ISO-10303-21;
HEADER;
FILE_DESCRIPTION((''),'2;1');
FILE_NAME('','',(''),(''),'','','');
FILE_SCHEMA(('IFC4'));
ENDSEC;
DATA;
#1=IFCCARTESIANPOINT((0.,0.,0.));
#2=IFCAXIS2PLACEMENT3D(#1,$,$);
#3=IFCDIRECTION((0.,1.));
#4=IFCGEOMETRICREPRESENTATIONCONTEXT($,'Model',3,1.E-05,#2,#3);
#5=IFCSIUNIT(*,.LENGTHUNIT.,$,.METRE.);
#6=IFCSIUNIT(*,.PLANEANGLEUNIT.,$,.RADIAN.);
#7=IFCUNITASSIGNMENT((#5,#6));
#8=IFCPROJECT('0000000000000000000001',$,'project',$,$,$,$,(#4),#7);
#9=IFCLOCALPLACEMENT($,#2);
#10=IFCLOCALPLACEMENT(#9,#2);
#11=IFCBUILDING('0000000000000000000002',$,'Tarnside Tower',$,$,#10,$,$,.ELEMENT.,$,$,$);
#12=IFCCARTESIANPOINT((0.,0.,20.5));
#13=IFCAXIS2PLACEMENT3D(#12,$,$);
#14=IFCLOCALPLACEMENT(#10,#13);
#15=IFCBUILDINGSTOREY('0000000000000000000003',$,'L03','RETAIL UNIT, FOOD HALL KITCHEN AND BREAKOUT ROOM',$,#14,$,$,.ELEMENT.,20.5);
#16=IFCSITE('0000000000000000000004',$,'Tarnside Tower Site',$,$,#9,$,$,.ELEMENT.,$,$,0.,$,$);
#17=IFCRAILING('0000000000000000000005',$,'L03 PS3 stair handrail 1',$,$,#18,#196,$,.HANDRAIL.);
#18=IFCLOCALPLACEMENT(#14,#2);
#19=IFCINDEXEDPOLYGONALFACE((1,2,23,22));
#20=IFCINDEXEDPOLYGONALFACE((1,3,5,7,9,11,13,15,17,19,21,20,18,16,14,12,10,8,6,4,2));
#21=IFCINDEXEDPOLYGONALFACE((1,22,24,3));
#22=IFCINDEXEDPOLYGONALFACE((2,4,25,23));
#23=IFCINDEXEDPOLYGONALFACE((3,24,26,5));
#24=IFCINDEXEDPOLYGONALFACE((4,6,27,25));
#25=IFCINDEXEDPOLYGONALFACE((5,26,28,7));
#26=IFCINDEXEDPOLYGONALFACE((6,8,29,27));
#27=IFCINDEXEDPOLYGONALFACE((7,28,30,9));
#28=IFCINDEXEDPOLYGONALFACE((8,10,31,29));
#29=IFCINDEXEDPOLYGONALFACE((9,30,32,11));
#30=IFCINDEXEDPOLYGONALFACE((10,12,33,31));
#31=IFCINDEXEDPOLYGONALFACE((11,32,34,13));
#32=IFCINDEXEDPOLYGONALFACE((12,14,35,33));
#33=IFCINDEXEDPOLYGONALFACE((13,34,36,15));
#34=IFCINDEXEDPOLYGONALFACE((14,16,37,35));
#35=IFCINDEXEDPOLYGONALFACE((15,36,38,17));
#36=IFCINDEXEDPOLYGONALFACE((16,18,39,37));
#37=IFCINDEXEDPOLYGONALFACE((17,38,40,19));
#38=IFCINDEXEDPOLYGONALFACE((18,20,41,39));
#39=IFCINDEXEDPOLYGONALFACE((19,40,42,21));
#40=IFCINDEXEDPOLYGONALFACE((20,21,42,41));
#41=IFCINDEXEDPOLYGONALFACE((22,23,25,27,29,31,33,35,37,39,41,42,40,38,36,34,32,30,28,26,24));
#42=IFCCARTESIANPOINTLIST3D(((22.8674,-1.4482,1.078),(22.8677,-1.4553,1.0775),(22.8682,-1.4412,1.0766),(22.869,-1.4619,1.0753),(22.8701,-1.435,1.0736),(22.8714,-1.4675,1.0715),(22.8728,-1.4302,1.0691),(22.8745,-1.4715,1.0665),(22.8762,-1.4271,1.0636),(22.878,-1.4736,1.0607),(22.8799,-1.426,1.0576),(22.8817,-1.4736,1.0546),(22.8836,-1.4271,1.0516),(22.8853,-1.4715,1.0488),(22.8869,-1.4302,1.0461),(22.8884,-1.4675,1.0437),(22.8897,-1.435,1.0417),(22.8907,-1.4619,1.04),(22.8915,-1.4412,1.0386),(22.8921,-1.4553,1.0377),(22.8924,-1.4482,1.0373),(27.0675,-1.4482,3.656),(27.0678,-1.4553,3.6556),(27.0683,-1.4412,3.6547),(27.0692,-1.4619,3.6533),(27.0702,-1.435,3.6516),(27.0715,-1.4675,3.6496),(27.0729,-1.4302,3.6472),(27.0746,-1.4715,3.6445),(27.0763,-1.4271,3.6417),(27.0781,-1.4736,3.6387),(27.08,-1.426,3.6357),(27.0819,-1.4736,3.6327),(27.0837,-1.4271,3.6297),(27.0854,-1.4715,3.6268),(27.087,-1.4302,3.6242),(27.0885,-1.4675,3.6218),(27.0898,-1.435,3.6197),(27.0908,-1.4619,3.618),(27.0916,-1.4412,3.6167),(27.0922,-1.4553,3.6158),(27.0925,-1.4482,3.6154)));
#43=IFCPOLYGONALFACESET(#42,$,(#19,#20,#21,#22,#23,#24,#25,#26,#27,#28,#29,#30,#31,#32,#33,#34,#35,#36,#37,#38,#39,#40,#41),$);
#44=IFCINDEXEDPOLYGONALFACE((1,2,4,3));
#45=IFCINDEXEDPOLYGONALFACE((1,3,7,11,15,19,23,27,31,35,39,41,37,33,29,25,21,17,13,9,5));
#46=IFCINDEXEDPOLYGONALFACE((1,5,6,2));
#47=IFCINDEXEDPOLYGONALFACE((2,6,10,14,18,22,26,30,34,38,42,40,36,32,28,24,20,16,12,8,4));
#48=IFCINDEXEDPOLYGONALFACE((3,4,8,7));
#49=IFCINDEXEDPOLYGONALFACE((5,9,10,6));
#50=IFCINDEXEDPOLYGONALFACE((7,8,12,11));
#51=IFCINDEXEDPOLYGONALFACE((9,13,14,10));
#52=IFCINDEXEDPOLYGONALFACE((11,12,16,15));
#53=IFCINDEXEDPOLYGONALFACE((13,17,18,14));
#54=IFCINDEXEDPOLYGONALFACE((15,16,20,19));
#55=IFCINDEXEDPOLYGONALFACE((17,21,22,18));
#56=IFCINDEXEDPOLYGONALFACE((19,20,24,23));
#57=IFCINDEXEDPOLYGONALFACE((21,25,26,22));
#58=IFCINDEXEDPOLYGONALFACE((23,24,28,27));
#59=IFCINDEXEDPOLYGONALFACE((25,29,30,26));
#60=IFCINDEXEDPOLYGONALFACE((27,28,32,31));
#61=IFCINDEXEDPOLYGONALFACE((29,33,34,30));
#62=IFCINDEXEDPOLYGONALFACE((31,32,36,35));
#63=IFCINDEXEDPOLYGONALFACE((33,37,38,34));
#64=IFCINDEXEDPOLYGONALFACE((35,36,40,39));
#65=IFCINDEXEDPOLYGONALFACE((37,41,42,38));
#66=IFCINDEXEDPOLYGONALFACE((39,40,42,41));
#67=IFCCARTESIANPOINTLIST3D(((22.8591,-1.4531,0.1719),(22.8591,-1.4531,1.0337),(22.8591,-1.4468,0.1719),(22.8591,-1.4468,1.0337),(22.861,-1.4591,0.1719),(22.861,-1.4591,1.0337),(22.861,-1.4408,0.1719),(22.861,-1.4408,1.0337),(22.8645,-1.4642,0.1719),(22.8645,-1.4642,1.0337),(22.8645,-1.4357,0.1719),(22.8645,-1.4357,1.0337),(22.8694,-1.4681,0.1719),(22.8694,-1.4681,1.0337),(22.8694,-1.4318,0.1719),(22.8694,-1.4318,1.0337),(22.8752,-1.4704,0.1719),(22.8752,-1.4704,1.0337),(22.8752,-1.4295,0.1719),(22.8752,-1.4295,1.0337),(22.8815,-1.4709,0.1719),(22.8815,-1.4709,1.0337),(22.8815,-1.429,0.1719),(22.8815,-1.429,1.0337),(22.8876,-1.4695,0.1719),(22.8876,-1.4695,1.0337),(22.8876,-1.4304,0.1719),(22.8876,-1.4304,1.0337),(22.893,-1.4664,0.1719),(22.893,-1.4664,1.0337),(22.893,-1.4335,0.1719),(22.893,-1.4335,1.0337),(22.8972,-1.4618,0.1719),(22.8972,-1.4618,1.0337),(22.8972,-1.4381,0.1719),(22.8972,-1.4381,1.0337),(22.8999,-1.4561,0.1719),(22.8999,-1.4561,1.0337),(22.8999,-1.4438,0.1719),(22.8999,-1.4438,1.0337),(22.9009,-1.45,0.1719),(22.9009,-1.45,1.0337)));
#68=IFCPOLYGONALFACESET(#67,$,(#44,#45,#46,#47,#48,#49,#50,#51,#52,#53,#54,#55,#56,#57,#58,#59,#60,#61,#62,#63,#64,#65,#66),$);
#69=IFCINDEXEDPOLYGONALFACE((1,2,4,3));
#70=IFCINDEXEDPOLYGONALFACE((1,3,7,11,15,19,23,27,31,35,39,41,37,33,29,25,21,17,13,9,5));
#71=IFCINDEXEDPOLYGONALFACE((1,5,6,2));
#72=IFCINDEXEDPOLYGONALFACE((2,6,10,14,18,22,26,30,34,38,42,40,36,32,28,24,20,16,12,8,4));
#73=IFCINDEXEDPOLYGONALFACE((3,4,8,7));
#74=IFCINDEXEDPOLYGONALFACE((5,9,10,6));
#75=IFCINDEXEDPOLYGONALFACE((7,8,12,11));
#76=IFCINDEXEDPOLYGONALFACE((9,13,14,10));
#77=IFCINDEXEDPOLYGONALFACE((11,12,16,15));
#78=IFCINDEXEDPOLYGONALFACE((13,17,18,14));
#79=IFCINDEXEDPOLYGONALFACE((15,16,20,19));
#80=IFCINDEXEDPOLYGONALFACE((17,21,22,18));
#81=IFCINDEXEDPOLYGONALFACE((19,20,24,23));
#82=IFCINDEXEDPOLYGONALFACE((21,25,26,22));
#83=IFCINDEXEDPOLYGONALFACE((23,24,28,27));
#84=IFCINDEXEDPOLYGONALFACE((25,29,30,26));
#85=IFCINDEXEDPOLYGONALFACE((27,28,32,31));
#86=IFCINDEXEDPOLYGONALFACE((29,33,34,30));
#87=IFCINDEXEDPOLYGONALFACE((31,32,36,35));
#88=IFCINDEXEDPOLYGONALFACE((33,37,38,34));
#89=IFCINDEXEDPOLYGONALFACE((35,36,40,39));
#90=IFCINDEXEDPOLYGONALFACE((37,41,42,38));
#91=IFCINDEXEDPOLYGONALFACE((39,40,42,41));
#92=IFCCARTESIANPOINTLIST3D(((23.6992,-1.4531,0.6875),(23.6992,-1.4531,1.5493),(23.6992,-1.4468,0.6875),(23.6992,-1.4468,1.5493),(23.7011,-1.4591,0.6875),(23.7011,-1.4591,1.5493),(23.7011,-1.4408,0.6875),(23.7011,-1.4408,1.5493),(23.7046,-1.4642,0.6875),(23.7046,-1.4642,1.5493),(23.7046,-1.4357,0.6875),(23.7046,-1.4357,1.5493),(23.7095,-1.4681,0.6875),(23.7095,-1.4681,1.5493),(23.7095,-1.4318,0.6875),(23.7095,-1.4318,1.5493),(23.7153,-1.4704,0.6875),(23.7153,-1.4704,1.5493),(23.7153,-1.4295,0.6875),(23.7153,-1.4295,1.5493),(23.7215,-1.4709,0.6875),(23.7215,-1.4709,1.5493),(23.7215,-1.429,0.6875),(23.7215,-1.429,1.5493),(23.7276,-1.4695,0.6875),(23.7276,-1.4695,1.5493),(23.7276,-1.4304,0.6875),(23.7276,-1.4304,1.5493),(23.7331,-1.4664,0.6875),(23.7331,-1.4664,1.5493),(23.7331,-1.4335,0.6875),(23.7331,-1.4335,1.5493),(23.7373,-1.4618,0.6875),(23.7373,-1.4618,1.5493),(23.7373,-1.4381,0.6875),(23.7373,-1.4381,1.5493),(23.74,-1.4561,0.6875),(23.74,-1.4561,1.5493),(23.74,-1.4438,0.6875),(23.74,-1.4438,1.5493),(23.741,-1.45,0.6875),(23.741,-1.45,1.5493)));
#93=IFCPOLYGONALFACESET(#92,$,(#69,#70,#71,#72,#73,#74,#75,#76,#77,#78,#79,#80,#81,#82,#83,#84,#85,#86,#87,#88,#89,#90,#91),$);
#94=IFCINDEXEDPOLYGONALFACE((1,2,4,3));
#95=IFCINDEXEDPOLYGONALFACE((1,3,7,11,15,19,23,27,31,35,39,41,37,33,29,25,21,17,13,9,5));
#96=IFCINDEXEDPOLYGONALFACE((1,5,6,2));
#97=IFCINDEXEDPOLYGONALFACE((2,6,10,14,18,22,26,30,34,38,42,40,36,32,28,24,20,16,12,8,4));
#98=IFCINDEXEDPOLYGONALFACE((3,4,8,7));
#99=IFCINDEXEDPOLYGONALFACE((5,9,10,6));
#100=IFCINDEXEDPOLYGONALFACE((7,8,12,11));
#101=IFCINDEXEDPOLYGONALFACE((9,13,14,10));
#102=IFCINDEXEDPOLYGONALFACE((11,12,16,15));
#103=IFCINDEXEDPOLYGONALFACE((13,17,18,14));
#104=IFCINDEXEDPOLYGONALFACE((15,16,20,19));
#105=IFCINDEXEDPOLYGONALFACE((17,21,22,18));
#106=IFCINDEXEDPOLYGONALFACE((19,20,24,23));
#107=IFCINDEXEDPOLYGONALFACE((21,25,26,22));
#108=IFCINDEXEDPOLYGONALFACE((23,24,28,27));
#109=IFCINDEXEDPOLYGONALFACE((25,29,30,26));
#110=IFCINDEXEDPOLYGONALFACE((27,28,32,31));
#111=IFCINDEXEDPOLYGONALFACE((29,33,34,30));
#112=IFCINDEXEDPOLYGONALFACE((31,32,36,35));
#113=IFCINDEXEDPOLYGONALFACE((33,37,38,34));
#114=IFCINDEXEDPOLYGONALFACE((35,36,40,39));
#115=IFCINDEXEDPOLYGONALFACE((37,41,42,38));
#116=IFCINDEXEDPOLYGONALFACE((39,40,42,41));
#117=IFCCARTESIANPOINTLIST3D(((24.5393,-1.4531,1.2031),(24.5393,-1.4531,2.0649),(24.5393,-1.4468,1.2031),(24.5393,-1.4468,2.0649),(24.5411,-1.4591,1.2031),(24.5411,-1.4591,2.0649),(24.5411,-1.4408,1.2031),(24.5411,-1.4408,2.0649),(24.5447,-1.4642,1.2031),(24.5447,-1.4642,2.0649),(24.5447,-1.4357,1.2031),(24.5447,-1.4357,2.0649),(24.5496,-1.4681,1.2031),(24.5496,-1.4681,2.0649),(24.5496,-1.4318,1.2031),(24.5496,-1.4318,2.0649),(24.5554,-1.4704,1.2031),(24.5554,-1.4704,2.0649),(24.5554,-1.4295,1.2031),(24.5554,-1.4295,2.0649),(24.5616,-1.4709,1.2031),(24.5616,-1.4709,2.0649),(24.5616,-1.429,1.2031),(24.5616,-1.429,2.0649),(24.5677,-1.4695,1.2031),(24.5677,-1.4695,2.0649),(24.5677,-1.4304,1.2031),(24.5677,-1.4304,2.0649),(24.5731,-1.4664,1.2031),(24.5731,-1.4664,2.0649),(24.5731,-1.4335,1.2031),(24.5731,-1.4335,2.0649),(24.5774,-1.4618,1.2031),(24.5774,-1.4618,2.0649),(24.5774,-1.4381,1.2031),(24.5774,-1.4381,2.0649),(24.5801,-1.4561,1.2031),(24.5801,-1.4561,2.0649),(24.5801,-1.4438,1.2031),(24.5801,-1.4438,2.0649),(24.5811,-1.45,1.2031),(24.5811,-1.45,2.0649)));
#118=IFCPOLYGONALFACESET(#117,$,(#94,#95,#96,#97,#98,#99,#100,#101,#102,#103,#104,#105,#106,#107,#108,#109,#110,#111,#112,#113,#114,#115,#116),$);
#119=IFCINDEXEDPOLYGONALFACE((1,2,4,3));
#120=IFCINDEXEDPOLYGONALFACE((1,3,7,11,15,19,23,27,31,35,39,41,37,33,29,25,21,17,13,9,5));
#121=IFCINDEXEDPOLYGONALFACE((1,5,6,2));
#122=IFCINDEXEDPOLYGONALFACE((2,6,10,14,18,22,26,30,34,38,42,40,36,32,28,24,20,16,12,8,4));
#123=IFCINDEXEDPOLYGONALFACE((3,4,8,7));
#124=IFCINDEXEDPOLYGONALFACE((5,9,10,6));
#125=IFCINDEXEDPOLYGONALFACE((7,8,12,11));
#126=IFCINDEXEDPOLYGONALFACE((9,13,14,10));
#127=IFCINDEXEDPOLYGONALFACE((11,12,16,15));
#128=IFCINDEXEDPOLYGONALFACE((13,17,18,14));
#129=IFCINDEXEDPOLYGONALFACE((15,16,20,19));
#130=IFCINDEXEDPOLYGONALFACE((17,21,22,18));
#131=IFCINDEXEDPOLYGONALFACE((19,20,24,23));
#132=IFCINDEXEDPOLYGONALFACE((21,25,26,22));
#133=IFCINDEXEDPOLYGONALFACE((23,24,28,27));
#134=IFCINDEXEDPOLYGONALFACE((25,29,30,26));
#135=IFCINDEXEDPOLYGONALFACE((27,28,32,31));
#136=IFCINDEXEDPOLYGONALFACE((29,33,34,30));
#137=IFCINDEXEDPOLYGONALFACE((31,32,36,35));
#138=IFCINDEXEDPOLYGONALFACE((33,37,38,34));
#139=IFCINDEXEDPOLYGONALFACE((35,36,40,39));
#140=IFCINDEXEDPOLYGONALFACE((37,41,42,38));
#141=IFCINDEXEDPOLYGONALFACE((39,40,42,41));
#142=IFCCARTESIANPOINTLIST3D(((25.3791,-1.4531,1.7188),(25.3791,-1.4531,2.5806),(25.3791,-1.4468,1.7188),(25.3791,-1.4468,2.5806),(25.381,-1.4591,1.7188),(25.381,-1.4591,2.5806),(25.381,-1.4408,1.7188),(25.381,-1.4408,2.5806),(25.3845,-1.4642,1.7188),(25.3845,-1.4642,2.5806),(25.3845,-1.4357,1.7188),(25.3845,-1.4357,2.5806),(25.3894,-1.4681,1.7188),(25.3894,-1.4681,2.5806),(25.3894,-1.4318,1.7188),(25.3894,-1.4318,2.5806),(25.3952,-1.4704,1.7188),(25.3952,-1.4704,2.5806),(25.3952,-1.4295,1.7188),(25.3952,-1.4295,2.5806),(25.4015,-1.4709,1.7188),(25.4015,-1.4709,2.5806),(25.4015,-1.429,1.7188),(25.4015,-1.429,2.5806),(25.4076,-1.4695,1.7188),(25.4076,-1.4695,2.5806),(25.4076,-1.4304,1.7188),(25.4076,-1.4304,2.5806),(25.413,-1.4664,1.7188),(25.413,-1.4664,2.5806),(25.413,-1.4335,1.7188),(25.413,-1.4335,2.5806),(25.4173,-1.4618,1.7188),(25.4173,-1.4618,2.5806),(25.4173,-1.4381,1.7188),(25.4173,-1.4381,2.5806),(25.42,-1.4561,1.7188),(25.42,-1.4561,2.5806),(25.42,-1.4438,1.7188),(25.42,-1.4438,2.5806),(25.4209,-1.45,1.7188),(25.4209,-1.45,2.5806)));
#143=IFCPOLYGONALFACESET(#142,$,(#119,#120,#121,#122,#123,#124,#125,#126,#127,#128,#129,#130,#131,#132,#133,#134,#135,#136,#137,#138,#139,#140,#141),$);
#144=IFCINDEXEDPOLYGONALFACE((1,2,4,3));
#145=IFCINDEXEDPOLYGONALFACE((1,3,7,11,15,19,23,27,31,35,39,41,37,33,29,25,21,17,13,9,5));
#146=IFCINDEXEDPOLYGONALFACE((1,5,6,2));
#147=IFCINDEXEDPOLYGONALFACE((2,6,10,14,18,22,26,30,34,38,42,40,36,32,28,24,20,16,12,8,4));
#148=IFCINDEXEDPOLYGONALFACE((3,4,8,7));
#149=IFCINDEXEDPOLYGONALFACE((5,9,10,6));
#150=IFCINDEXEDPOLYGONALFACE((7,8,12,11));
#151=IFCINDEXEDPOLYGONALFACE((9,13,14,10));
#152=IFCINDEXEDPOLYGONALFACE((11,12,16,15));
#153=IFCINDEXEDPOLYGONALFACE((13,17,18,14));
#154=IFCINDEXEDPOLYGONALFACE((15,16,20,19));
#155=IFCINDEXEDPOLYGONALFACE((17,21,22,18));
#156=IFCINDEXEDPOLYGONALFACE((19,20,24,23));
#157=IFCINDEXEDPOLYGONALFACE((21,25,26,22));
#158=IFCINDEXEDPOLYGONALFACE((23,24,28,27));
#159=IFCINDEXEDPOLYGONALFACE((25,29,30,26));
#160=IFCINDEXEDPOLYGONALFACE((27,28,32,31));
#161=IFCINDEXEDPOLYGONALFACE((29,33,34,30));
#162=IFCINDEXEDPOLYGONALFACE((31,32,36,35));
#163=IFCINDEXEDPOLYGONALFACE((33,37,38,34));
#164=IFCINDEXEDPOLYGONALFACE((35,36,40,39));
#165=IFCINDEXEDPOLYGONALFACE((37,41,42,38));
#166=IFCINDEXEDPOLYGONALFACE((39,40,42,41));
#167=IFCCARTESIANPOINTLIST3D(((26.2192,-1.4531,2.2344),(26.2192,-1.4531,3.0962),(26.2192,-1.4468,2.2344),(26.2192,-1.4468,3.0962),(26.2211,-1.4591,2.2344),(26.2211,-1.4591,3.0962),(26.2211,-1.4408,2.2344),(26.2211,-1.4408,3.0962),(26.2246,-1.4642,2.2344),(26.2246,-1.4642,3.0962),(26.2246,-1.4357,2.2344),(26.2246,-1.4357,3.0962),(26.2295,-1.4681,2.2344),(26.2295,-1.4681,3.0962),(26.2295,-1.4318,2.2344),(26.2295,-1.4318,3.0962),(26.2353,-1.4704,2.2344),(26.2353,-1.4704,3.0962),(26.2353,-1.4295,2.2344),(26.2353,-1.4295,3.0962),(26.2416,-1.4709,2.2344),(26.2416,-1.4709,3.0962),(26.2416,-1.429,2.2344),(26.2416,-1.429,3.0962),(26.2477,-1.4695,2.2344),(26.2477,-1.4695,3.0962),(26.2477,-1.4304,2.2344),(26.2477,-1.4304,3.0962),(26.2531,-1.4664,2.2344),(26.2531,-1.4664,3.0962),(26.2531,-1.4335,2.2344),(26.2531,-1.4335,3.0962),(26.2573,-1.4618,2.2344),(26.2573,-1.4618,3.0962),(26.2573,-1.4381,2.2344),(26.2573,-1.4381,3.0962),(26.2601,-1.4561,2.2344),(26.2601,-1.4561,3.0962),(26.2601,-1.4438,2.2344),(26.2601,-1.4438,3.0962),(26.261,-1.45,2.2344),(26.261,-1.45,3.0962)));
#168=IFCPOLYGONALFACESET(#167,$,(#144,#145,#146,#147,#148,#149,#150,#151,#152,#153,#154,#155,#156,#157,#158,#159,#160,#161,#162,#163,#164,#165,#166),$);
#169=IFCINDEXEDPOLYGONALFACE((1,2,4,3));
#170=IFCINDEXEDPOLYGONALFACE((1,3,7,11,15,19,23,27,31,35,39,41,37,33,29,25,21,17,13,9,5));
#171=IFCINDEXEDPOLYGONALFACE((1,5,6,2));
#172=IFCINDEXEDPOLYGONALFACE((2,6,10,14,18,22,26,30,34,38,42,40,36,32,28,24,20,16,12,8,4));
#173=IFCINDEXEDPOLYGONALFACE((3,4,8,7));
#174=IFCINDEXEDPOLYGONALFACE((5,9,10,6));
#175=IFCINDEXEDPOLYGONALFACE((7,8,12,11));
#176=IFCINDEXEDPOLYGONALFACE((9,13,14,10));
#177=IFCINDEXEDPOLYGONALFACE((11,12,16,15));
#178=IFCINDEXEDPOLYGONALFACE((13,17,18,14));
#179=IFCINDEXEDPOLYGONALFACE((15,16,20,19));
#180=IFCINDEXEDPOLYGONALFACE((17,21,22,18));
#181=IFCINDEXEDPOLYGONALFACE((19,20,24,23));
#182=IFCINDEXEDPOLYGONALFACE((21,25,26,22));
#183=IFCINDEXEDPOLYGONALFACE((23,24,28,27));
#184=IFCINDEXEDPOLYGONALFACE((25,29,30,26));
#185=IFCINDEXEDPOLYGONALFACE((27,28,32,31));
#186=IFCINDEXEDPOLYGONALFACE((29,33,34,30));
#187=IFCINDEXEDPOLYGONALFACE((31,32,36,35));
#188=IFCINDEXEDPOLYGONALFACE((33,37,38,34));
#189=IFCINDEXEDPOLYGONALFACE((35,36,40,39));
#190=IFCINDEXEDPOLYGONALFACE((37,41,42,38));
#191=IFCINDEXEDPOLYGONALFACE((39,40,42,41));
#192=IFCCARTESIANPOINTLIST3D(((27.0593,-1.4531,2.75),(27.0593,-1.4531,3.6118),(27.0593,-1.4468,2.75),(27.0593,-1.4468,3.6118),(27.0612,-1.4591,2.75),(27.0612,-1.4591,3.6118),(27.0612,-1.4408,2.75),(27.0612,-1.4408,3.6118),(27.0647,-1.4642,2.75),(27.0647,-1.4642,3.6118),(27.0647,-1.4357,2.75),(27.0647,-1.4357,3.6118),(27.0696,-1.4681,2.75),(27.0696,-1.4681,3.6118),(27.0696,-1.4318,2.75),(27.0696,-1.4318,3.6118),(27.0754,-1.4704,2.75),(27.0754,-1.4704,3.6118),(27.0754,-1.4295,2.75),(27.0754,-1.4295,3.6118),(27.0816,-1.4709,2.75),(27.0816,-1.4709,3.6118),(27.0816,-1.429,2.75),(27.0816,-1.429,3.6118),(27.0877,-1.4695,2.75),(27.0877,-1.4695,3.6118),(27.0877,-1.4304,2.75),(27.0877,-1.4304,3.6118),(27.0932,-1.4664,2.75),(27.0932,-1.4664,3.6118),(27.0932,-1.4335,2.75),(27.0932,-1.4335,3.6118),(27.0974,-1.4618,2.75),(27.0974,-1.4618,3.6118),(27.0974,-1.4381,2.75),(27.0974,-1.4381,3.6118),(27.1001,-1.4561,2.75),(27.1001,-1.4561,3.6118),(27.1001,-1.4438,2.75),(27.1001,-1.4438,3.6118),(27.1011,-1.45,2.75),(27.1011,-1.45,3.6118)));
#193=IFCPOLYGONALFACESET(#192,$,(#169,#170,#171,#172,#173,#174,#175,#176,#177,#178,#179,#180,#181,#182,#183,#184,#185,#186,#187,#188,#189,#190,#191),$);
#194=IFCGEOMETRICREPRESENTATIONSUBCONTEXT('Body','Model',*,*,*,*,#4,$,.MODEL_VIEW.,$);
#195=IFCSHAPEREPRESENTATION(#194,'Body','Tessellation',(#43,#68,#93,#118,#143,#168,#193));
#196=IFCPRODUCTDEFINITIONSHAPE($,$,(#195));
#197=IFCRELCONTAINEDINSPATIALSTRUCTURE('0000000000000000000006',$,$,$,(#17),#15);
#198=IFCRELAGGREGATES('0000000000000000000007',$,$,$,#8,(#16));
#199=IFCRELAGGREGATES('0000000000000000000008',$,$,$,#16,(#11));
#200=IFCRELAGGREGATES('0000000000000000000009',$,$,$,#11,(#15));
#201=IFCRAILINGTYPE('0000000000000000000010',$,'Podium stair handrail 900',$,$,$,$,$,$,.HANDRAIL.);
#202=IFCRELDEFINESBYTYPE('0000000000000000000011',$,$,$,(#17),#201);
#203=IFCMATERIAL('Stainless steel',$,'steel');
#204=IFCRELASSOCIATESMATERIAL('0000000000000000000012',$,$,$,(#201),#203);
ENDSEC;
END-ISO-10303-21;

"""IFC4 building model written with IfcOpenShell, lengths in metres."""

from ifc_helpers import new_model, si_unit, direction, frame, origin, origin_2d, place, context, subcontext, project, spatial, circle, extrude, material, type_object, element, save


model = new_model("IFC4")

# Units and contexts
model_context = context("Model", 3, precision=1e-05, world=origin(), true_north=direction((0.0, 1.0)))
body_context = subcontext(model_context, "Body", "Model", "MODEL_VIEW")
ifc_project = project(units=[si_unit("LENGTHUNIT", "METRE"), si_unit("PLANEANGLEUNIT", "RADIAN")], contexts=[model_context])

# Site, building, storey
site_placement = place(None, origin())
site = spatial("IfcSite", under=ifc_project, at=site_placement, Name="Tarnside Tower Site", CompositionType="ELEMENT", RefElevation=0.0)
building_placement = place(site_placement, origin())
building = spatial("IfcBuilding", under=site, at=building_placement, Name="Tarnside Tower", CompositionType="ELEMENT")
storey_placement = place(building_placement, frame((0.0, 0.0, 20.5)))
storey = spatial("IfcBuildingStorey", under=building, at=storey_placement, Name="L03", Description="RETAIL UNIT, FOOD HALL KITCHEN AND BREAKOUT ROOM", CompositionType="ELEMENT", Elevation=20.5)

# Railing
ifc_material_1 = material(Name="Stainless steel", Category="steel")
railing_type_1 = type_object("IfcRailingType", Name="Podium stair handrail 900", PredefinedType="HANDRAIL", material=ifc_material_1)
railing_1_placement = place(storey_placement, frame((22.8799, -1.45, 0.1719)))
element("IfcRailing", 1, at=railing_1_placement, inside=storey, type_object=railing_type_1, Name="L03 PS3 stair handrail 1", PredefinedType="HANDRAIL", context=body_context, shape_type="SweptSolid", body=[
    extrude(circle(Radius=0.0239, at=origin_2d()), frame((0.0, 0.0, 0.8857), z_axis=(0.852256, 0.0, 0.523124), x_axis=(0.0, 1.0, 0.0)), (0.0, 0.0, 1.0), 4.9282),
    extrude(circle(Radius=0.021, at=origin_2d()), origin(), (0.0, 0.0, 1.0), 0.8618),
    extrude(circle(Radius=0.021, at=origin_2d()), frame((0.8401, 0.0, 0.5156)), (0.0, 0.0, 1.0), 0.8618),
    extrude(circle(Radius=0.021, at=origin_2d()), frame((1.6802, 0.0, 1.0312)), (0.0, 0.0, 1.0), 0.8618),
    extrude(circle(Radius=0.021, at=origin_2d()), frame((2.52, 0.0, 1.5469)), (0.0, 0.0, 1.0), 0.8618),
    extrude(circle(Radius=0.021, at=origin_2d()), frame((3.3601, 0.0, 2.0625)), (0.0, 0.0, 1.0), 0.8618),
    extrude(circle(Radius=0.021, at=origin_2d()), frame((4.2002, 0.0, 2.5781)), (0.0, 0.0, 1.0), 0.8618),
])

save(model, "model.ifc")
